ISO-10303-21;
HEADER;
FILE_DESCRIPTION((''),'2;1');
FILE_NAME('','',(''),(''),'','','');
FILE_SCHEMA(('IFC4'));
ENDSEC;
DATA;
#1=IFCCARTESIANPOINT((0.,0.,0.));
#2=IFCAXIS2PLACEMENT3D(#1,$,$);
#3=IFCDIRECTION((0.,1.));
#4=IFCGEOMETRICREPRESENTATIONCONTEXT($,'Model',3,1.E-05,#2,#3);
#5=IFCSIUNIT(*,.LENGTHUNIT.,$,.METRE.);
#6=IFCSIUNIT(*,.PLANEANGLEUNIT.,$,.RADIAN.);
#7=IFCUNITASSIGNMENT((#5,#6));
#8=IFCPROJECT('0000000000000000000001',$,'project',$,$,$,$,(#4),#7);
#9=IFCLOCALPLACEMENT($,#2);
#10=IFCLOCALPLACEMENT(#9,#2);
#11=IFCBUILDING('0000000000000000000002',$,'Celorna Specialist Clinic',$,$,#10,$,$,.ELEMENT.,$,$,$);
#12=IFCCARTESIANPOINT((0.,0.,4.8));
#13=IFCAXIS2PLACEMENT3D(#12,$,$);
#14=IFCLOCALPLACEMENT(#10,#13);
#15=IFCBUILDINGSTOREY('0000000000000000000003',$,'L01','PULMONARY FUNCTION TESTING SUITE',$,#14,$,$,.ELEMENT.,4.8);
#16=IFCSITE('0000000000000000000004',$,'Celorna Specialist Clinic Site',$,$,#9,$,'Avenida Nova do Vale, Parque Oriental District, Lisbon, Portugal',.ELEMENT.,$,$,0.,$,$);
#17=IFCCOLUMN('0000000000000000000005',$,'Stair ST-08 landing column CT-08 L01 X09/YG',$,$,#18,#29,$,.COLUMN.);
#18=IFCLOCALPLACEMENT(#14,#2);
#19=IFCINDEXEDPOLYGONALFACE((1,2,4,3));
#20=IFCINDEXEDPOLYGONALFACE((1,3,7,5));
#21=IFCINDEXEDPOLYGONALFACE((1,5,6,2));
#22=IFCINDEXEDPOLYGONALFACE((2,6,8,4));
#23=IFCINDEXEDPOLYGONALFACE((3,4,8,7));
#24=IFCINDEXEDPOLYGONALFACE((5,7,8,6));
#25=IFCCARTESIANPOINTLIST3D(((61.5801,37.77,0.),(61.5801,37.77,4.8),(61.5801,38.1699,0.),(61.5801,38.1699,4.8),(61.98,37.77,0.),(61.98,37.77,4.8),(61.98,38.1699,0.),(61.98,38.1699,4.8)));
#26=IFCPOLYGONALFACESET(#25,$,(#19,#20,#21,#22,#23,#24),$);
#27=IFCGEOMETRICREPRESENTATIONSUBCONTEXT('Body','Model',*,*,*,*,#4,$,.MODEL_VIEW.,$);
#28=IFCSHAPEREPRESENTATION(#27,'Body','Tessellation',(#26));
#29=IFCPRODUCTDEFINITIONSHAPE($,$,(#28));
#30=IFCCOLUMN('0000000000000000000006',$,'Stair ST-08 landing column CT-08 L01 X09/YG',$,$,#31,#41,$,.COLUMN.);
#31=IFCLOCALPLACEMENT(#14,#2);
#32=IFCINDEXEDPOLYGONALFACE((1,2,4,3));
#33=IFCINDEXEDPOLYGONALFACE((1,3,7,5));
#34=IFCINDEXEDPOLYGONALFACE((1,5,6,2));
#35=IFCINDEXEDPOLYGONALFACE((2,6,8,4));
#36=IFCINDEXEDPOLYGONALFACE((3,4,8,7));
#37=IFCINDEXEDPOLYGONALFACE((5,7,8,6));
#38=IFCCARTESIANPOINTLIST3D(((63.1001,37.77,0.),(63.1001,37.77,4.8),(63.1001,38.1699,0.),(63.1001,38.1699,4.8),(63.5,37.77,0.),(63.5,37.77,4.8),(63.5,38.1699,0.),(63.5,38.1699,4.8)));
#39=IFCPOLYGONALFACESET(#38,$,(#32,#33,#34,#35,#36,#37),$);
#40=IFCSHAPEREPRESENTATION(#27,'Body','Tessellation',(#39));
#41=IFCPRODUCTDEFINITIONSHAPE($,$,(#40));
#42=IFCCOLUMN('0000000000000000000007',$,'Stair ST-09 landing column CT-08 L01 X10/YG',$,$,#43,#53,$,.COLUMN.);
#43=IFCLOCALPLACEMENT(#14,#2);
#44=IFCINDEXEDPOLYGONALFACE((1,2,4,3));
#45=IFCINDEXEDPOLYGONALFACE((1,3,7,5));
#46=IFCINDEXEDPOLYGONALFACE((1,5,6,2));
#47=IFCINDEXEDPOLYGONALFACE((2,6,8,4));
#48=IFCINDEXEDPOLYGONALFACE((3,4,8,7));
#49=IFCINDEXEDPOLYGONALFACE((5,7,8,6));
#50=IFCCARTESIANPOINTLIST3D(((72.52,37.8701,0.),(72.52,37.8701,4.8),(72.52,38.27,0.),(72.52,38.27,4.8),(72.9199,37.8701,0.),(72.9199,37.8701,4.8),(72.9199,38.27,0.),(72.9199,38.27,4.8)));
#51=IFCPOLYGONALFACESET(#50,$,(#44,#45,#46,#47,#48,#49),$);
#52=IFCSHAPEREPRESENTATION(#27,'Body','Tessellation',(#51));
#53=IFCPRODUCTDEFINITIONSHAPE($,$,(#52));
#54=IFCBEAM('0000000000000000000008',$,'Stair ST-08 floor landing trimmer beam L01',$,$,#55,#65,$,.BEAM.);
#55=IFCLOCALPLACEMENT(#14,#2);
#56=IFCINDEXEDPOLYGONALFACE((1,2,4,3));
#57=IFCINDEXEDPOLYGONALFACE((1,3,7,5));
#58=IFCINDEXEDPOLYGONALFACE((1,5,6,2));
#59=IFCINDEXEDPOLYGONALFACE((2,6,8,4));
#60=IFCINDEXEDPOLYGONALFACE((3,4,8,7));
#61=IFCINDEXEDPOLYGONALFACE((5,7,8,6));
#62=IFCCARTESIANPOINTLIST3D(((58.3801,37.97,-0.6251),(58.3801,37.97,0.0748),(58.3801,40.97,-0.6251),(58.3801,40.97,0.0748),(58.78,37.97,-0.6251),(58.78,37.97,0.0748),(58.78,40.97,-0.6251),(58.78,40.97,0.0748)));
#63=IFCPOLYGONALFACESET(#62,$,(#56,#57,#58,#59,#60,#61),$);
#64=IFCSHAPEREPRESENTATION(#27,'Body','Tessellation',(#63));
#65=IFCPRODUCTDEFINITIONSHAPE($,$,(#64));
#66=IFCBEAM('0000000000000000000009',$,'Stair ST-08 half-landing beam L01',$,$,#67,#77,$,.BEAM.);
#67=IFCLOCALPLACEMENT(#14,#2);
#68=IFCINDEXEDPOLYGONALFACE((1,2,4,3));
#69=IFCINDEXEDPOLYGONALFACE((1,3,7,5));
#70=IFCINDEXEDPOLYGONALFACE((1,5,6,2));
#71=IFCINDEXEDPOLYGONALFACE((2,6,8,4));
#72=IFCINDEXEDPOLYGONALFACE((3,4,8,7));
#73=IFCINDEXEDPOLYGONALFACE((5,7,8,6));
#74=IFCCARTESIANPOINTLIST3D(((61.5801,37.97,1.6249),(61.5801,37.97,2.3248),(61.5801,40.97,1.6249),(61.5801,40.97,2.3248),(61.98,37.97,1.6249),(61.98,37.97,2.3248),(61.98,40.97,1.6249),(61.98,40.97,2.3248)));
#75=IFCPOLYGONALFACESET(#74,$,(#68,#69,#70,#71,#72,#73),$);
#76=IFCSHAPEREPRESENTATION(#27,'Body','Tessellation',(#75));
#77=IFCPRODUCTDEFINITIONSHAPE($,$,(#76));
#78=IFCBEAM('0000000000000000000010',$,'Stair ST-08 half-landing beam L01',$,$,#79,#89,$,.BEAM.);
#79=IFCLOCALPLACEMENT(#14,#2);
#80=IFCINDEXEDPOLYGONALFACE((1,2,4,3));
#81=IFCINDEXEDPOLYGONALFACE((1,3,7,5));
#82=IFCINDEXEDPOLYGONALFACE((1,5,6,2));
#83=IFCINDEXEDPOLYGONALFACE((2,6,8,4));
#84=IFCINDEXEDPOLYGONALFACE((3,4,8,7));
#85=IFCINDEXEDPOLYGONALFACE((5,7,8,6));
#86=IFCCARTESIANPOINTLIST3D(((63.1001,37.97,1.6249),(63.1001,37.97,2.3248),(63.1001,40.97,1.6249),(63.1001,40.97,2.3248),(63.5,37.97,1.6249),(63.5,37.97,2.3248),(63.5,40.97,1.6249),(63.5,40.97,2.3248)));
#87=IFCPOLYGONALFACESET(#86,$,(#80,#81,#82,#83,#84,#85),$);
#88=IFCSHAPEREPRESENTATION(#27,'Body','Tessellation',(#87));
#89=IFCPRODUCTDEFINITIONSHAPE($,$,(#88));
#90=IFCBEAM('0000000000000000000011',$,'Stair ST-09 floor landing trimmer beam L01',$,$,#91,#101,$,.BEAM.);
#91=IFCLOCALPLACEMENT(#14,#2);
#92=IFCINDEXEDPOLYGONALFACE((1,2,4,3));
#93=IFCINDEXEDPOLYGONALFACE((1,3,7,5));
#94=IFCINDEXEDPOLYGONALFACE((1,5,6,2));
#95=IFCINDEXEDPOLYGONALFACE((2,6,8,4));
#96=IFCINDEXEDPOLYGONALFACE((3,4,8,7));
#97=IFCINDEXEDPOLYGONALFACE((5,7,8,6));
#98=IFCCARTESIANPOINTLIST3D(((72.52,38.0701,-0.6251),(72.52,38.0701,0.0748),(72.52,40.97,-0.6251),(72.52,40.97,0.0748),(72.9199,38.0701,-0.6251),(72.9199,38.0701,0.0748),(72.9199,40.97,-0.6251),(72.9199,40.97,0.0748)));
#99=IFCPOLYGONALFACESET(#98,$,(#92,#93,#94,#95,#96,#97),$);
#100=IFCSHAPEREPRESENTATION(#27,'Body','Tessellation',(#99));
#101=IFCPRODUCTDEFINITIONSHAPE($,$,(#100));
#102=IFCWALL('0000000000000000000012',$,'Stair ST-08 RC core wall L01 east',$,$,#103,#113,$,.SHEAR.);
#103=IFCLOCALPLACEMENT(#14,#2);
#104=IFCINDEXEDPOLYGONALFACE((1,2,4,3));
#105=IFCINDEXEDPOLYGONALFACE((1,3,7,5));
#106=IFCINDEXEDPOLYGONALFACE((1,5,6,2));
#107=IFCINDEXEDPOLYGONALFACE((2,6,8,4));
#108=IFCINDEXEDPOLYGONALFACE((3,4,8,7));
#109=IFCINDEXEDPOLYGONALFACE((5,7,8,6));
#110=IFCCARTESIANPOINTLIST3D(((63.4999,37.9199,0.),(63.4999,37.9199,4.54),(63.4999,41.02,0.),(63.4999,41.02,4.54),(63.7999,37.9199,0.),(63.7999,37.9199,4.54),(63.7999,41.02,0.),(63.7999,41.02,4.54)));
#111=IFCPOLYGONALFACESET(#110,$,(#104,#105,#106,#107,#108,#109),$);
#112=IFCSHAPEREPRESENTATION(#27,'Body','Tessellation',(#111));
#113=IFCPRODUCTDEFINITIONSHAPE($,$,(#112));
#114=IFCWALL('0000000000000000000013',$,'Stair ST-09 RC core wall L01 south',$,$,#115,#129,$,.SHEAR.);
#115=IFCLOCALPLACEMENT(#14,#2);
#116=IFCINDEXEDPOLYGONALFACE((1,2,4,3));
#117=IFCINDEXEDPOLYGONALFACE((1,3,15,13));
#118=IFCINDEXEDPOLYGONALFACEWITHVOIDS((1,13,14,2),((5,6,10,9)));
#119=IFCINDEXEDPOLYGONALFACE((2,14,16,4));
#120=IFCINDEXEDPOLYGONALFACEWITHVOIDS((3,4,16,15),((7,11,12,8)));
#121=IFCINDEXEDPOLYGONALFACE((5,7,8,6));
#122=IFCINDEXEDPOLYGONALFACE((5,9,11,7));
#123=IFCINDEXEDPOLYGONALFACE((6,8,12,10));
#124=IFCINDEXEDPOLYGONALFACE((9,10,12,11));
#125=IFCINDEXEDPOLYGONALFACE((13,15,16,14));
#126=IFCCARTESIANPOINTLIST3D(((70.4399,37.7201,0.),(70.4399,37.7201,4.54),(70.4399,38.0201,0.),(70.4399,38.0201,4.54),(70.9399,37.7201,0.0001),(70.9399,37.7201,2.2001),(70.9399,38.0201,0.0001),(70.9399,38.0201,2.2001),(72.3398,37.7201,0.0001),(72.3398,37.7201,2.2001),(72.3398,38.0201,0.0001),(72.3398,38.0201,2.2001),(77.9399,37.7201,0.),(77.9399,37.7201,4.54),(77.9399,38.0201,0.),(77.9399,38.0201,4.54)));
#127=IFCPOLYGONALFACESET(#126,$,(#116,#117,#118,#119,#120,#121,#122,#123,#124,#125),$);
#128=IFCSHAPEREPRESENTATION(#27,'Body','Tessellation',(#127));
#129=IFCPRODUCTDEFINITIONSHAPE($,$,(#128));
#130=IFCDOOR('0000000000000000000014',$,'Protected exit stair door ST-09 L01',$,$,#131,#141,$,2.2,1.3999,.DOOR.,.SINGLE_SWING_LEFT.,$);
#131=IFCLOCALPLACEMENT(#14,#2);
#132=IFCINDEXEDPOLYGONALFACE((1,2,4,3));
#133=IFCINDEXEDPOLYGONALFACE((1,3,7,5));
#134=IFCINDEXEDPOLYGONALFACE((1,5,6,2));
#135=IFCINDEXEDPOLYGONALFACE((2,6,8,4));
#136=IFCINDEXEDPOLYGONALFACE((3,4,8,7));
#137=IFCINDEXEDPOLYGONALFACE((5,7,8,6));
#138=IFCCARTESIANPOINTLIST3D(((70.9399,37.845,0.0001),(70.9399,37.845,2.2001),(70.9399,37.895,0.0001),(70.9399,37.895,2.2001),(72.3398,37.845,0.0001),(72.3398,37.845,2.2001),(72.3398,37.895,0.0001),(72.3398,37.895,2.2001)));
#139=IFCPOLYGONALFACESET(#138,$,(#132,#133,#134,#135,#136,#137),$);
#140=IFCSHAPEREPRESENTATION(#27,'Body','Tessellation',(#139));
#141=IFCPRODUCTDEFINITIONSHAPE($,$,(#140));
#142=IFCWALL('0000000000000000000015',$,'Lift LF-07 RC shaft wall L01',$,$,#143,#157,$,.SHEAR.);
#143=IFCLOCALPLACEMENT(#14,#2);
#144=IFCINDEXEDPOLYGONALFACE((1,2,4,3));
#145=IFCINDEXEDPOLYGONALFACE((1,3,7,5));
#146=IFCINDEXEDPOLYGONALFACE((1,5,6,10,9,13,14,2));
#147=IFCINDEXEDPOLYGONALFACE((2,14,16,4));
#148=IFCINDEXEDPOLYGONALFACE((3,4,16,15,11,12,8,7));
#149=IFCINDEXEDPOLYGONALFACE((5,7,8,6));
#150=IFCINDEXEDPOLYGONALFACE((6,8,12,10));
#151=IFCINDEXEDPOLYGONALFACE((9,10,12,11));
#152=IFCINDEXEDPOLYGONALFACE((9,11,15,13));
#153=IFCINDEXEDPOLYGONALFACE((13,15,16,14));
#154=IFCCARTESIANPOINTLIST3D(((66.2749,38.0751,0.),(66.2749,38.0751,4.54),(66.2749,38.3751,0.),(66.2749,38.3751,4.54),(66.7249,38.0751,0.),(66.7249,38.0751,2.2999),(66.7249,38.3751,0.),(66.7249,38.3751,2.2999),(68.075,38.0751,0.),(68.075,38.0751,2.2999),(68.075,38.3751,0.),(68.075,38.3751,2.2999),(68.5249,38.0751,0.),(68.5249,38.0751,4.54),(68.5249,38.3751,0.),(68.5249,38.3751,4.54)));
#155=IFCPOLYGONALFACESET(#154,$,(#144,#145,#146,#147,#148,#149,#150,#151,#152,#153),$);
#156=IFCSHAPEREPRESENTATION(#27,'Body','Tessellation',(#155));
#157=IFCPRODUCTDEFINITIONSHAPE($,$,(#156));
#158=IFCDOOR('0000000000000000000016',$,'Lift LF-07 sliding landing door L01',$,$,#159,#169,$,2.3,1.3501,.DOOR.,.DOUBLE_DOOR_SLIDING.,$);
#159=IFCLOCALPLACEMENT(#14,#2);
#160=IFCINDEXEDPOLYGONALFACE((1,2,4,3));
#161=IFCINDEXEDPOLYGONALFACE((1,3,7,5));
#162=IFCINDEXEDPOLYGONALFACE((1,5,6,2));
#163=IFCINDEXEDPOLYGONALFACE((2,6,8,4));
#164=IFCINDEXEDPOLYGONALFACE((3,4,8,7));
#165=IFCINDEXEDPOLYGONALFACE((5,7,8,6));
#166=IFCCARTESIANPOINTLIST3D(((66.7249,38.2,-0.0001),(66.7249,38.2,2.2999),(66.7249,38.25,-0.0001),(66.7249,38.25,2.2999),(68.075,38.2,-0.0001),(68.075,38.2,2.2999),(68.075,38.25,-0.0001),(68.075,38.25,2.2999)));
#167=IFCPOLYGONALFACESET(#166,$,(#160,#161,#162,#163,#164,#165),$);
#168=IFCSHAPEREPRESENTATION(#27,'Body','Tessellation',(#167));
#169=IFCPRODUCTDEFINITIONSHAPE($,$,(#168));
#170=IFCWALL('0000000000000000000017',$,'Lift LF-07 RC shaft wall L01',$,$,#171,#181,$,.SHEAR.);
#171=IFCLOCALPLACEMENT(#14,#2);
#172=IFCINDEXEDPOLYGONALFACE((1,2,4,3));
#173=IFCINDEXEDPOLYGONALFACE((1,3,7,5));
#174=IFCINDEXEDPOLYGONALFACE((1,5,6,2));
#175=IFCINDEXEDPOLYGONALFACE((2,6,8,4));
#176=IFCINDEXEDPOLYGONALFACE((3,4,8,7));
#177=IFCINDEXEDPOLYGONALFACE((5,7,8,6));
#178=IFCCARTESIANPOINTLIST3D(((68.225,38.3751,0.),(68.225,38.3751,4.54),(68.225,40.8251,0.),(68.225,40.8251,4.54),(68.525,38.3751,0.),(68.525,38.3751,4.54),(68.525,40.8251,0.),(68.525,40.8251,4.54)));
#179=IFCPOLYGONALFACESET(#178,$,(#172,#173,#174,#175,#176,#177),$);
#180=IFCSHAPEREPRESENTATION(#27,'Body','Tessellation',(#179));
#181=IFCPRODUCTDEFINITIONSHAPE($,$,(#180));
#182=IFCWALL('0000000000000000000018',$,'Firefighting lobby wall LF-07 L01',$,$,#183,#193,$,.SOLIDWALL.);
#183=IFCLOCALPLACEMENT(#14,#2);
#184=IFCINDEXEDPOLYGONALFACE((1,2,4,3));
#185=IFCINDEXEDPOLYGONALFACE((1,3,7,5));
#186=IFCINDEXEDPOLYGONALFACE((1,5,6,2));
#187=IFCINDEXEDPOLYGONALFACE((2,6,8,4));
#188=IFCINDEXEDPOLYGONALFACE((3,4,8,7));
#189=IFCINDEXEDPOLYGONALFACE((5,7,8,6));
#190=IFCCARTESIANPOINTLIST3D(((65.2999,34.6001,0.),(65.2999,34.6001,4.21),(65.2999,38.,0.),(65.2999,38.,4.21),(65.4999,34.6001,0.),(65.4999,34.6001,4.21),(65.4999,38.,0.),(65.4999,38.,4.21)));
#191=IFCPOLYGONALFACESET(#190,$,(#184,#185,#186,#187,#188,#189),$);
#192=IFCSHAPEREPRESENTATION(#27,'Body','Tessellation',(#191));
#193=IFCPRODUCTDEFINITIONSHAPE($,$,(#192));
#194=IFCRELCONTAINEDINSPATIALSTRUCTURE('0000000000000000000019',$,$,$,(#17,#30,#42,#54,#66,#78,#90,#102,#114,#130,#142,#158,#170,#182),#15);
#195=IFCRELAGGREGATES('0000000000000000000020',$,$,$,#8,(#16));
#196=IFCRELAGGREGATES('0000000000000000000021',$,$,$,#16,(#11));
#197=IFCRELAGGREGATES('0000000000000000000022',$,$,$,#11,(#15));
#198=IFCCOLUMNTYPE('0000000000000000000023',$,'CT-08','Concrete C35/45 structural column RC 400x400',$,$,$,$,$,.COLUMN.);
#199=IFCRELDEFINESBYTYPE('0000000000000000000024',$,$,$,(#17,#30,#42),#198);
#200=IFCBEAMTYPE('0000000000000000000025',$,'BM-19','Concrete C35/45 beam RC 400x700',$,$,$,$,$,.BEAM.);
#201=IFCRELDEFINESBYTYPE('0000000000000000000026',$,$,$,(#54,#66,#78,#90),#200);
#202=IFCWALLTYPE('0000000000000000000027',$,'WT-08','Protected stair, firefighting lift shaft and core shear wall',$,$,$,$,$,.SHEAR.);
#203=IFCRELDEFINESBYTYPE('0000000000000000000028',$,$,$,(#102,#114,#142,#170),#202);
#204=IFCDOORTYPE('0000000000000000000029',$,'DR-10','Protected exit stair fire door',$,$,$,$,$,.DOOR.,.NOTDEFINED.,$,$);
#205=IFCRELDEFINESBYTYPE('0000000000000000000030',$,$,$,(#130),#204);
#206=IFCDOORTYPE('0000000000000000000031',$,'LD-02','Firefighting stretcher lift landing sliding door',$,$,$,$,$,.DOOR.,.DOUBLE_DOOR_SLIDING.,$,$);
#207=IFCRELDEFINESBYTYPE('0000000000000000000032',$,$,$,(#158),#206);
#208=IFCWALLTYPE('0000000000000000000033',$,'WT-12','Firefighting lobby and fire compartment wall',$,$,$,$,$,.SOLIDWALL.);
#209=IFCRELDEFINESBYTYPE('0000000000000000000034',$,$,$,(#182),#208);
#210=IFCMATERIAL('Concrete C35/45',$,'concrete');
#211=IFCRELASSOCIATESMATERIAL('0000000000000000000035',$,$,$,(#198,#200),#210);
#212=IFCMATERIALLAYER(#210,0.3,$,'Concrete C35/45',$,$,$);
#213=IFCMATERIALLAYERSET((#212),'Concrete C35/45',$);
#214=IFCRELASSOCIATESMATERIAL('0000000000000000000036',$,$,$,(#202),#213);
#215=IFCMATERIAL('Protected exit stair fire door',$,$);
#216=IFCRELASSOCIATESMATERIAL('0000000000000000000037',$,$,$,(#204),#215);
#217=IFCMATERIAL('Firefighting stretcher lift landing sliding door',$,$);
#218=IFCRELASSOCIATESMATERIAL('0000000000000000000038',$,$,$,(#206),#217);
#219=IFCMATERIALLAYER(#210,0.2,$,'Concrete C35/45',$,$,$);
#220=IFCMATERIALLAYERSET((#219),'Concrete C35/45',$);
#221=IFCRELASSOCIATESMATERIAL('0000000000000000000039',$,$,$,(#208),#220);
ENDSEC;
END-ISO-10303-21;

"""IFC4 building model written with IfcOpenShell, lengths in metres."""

from ifc_helpers import new_model, si_unit, direction, frame, frame_2d, origin, origin_2d, place, context, subcontext, project, spatial, rectangle, extrude, material, layer, layer_set, material_profile, profile_set, type_object, element, fill, save


model = new_model("IFC4")

# Units and contexts
model_context = context("Model", 3, precision=1e-05, world=origin(), true_north=direction((0.0, 1.0)))
body_context = subcontext(model_context, "Body", "Model", "MODEL_VIEW")
ifc_project = project(units=[si_unit("LENGTHUNIT", "METRE"), si_unit("PLANEANGLEUNIT", "RADIAN")], contexts=[model_context])

# Site, building, storey
site_placement = place(None, origin())
site = spatial("IfcSite", under=ifc_project, at=site_placement, Name="Celorna Specialist Clinic Site", LongName="Avenida Nova do Vale, Parque Oriental District, Lisbon, Portugal", CompositionType="ELEMENT", RefElevation=0.0)
building_placement = place(site_placement, origin())
building = spatial("IfcBuilding", under=site, at=building_placement, Name="Celorna Specialist Clinic", CompositionType="ELEMENT")
storey_placement = place(building_placement, frame((0.0, 0.0, 4.8)))
storey = spatial("IfcBuildingStorey", under=building, at=storey_placement, Name="L01", Description="PULMONARY FUNCTION TESTING SUITE", CompositionType="ELEMENT", Elevation=4.8)

# Columns
ifc_material_1 = material(Name="Concrete C35/45", Category="concrete")
ifc_material_profile_1 = material_profile(ifc_material_1, rectangle(XDim=0.3999, YDim=0.3999, at=origin_2d()), Name="RC 400x400")
ifc_profile_set_1 = profile_set([ifc_material_profile_1], Name="Concrete C35/45")
column_type = type_object("IfcColumnType", Name="CT-08", Description="Concrete C35/45 structural column RC 400x400", PredefinedType="COLUMN", material=ifc_profile_set_1)
for number, where, z_axis, x_axis, name in (
    (1, (61.78, 37.97, 0.0), (0.0, 0.0, 1.0), (1.0, 0.0, 0.0), "Stair ST-08 landing column CT-08 L01 X09/YG"),
    (2, (63.3, 37.97, 0.0), (0.0, 0.0, 1.0), (1.0, 0.0, 0.0), "Stair ST-08 landing column CT-08 L01 X09/YG"),
    (3, (72.72, 38.0701, 0.0), (0.0, 0.0, 1.0), (1.0, 0.0, 0.0), "Stair ST-09 landing column CT-08 L01 X10/YG"),
):
    element("IfcColumn", number, at=place(storey_placement, frame(where, z_axis=z_axis, x_axis=x_axis)), inside=storey, type_object=column_type, Name=name, PredefinedType="COLUMN", context=body_context, shape_type="SweptSolid", body=[
        extrude(rectangle(XDim=0.3999, YDim=0.3999, at=origin_2d()), origin(), (0.0, 0.0, 1.0), 4.8),
    ])

# Beams
ifc_material_profile_2 = material_profile(ifc_material_1, rectangle(XDim=0.3999, YDim=0.7, at=origin_2d()), Name="RC 400x700")
ifc_profile_set_2 = profile_set([ifc_material_profile_2], Name="Concrete C35/45")
beam_type = type_object("IfcBeamType", Name="BM-19", Description="Concrete C35/45 beam RC 400x700", PredefinedType="BEAM", material=ifc_profile_set_2)
for number, where, z_axis, x_axis, name in (
    (4, (58.5801, 37.97, -0.2751), (0.0, 1.0, 0.0), (-1.0, 0.0, 0.0), "Stair ST-08 floor landing trimmer beam L01"),
    (5, (61.78, 37.97, 1.9749), (0.0, 1.0, 0.0), (-1.0, 0.0, 0.0), "Stair ST-08 half-landing beam L01"),
    (6, (63.3, 37.97, 1.9749), (0.0, 1.0, 0.0), (-1.0, 0.0, 0.0), "Stair ST-08 half-landing beam L01"),
):
    element("IfcBeam", number, at=place(storey_placement, frame(where, z_axis=z_axis, x_axis=x_axis)), inside=storey, type_object=beam_type, Name=name, PredefinedType="BEAM", context=body_context, shape_type="SweptSolid", body=[
        extrude(rectangle(XDim=0.3999, YDim=0.7, at=origin_2d()), origin(), (0.0, 0.0, 1.0), 3.0),
    ])
beam_placement = place(storey_placement, frame((72.72, 38.0701, -0.2751), z_axis=(0.0, 1.0, 0.0), x_axis=(-1.0, 0.0, 0.0)))
element("IfcBeam", 7, at=beam_placement, inside=storey, type_object=beam_type, Name="Stair ST-09 floor landing trimmer beam L01", PredefinedType="BEAM", context=body_context, shape_type="SweptSolid", body=[
    extrude(rectangle(XDim=0.3999, YDim=0.7, at=origin_2d()), origin(), (0.0, 0.0, 1.0), 2.8999),
])

# Wall
ifc_layer_1 = layer(ifc_material_1, 0.3, Name="Concrete C35/45")
ifc_layer_set_1 = layer_set([ifc_layer_1], Name="Concrete C35/45")
wall_type_1 = type_object("IfcWallType", Name="WT-08", Description="Protected stair, firefighting lift shaft and core shear wall", PredefinedType="SHEAR", material=ifc_layer_set_1)
wall_1_placement = place(storey_placement, frame((63.6499, 37.9199, 0.0), z_axis=(0.0, 0.0, 1.0), x_axis=(0.0, 1.0, 0.0)))
element("IfcWall", 8, at=wall_1_placement, inside=storey, type_object=wall_type_1, Name="Stair ST-08 RC core wall L01 east", PredefinedType="SHEAR", context=body_context, shape_type="SweptSolid", body=[
    extrude(rectangle(XDim=3.1001, YDim=0.3, at=frame_2d((1.55, 0.0))), origin(), (0.0, 0.0, 1.0), 4.54),
])

# Walls, openings, doors
wall_2_placement = place(storey_placement, frame((70.4399, 37.8701, 0.0), z_axis=(0.0, 0.0, 1.0), x_axis=(1.0, 0.0, 0.0)))
wall_2 = element("IfcWall", 9, at=wall_2_placement, inside=storey, type_object=wall_type_1, Name="Stair ST-09 RC core wall L01 south", PredefinedType="SHEAR", context=body_context, shape_type="SweptSolid", body=[
    extrude(rectangle(XDim=7.5, YDim=0.3, at=frame_2d((3.75, 0.0))), origin(), (0.0, 0.0, 1.0), 4.54),
])
opening_1_placement = place(wall_2_placement, frame((0.5, 0.0, 0.0)))
opening_1 = element("IfcOpeningElement", 10, at=opening_1_placement, cuts=wall_2, PredefinedType="OPENING", context=body_context, shape_type="SweptSolid", body=[
    extrude(rectangle(XDim=1.3999, YDim=2.2, at=frame_2d((0.7, 1.1001))), frame((0.0, 0.1599, 0.0), z_axis=(0.0, -1.0, 0.0), x_axis=(1.0, 0.0, 0.0)), (0.0, 0.0, 1.0), 0.3201),
])
ifc_material_2 = material(Name="Protected exit stair fire door")
door_type_1 = type_object("IfcDoorType", Name="DR-10", Description="Protected exit stair fire door", OperationType="NOTDEFINED", PredefinedType="DOOR", material=ifc_material_2)
door_1_placement = place(opening_1_placement, origin())
door_1 = element("IfcDoor", 11, at=door_1_placement, inside=storey, type_object=door_type_1, Name="Protected exit stair door ST-09 L01", OperationType="SINGLE_SWING_LEFT", OverallHeight=2.2, OverallWidth=1.3999, PredefinedType="DOOR", context=body_context, shape_type="SweptSolid", body=[
    extrude(rectangle(XDim=1.3999, YDim=2.2, at=frame_2d((0.7, 1.1001))), frame((0.0, 0.0249, 0.0), z_axis=(0.0, -1.0, 0.0), x_axis=(1.0, 0.0, 0.0)), (0.0, 0.0, 1.0), 0.05),
])
fill(opening_1, door_1)
wall_3_placement = place(storey_placement, frame((66.2749, 38.2251, 0.0), z_axis=(0.0, 0.0, 1.0), x_axis=(1.0, 0.0, 0.0)))
wall_3 = element("IfcWall", 12, at=wall_3_placement, inside=storey, type_object=wall_type_1, Name="Lift LF-07 RC shaft wall L01", PredefinedType="SHEAR", context=body_context, shape_type="SweptSolid", body=[
    extrude(rectangle(XDim=2.25, YDim=0.3, at=frame_2d((1.125, 0.0))), origin(), (0.0, 0.0, 1.0), 4.54),
])
opening_2_placement = place(wall_3_placement, frame((0.45, 0.0, 0.0)))
opening_2 = element("IfcOpeningElement", 13, at=opening_2_placement, cuts=wall_3, PredefinedType="OPENING", context=body_context, shape_type="SweptSolid", body=[
    extrude(rectangle(XDim=1.3501, YDim=2.3, at=frame_2d((0.675, 1.1499))), frame((0.0, 0.1599, 0.0), z_axis=(0.0, -1.0, 0.0), x_axis=(1.0, 0.0, 0.0)), (0.0, 0.0, 1.0), 0.3201),
])
ifc_material_3 = material(Name="Firefighting stretcher lift landing sliding door")
door_type_2 = type_object("IfcDoorType", Name="LD-02", Description="Firefighting stretcher lift landing sliding door", OperationType="DOUBLE_DOOR_SLIDING", PredefinedType="DOOR", material=ifc_material_3)
door_2_placement = place(opening_2_placement, origin())
door_2 = element("IfcDoor", 14, at=door_2_placement, inside=storey, type_object=door_type_2, Name="Lift LF-07 sliding landing door L01", OperationType="DOUBLE_DOOR_SLIDING", OverallHeight=2.3, OverallWidth=1.3501, PredefinedType="DOOR", context=body_context, shape_type="SweptSolid", body=[
    extrude(rectangle(XDim=1.3501, YDim=2.3, at=frame_2d((0.675, 1.1499))), frame((0.0, 0.0249, 0.0), z_axis=(0.0, -1.0, 0.0), x_axis=(1.0, 0.0, 0.0)), (0.0, 0.0, 1.0), 0.05),
])
fill(opening_2, door_2)

# Walls
wall_4_placement = place(storey_placement, frame((68.375, 38.375, 0.0), z_axis=(0.0, 0.0, 1.0), x_axis=(0.0, 1.0, 0.0)))
element("IfcWall", 15, at=wall_4_placement, inside=storey, type_object=wall_type_1, Name="Lift LF-07 RC shaft wall L01", PredefinedType="SHEAR", context=body_context, shape_type="SweptSolid", body=[
    extrude(rectangle(XDim=2.45, YDim=0.3, at=frame_2d((1.2251, 0.0))), origin(), (0.0, 0.0, 1.0), 4.54),
])
ifc_layer_2 = layer(ifc_material_1, 0.2, Name="Concrete C35/45")
ifc_layer_set_2 = layer_set([ifc_layer_2], Name="Concrete C35/45")
wall_type_2 = type_object("IfcWallType", Name="WT-12", Description="Firefighting lobby and fire compartment wall", PredefinedType="SOLIDWALL", material=ifc_layer_set_2)
wall_5_placement = place(storey_placement, frame((65.3999, 38.0, 0.0), z_axis=(0.0, 0.0, 1.0), x_axis=(0.0, -1.0, 0.0)))
element("IfcWall", 16, at=wall_5_placement, inside=storey, type_object=wall_type_2, Name="Firefighting lobby wall LF-07 L01", PredefinedType="SOLIDWALL", context=body_context, shape_type="SweptSolid", body=[
    extrude(rectangle(XDim=3.3999, YDim=0.2, at=frame_2d((1.7, 0.0))), origin(), (0.0, 0.0, 1.0), 4.21),
])

save(model, "model.ifc")
